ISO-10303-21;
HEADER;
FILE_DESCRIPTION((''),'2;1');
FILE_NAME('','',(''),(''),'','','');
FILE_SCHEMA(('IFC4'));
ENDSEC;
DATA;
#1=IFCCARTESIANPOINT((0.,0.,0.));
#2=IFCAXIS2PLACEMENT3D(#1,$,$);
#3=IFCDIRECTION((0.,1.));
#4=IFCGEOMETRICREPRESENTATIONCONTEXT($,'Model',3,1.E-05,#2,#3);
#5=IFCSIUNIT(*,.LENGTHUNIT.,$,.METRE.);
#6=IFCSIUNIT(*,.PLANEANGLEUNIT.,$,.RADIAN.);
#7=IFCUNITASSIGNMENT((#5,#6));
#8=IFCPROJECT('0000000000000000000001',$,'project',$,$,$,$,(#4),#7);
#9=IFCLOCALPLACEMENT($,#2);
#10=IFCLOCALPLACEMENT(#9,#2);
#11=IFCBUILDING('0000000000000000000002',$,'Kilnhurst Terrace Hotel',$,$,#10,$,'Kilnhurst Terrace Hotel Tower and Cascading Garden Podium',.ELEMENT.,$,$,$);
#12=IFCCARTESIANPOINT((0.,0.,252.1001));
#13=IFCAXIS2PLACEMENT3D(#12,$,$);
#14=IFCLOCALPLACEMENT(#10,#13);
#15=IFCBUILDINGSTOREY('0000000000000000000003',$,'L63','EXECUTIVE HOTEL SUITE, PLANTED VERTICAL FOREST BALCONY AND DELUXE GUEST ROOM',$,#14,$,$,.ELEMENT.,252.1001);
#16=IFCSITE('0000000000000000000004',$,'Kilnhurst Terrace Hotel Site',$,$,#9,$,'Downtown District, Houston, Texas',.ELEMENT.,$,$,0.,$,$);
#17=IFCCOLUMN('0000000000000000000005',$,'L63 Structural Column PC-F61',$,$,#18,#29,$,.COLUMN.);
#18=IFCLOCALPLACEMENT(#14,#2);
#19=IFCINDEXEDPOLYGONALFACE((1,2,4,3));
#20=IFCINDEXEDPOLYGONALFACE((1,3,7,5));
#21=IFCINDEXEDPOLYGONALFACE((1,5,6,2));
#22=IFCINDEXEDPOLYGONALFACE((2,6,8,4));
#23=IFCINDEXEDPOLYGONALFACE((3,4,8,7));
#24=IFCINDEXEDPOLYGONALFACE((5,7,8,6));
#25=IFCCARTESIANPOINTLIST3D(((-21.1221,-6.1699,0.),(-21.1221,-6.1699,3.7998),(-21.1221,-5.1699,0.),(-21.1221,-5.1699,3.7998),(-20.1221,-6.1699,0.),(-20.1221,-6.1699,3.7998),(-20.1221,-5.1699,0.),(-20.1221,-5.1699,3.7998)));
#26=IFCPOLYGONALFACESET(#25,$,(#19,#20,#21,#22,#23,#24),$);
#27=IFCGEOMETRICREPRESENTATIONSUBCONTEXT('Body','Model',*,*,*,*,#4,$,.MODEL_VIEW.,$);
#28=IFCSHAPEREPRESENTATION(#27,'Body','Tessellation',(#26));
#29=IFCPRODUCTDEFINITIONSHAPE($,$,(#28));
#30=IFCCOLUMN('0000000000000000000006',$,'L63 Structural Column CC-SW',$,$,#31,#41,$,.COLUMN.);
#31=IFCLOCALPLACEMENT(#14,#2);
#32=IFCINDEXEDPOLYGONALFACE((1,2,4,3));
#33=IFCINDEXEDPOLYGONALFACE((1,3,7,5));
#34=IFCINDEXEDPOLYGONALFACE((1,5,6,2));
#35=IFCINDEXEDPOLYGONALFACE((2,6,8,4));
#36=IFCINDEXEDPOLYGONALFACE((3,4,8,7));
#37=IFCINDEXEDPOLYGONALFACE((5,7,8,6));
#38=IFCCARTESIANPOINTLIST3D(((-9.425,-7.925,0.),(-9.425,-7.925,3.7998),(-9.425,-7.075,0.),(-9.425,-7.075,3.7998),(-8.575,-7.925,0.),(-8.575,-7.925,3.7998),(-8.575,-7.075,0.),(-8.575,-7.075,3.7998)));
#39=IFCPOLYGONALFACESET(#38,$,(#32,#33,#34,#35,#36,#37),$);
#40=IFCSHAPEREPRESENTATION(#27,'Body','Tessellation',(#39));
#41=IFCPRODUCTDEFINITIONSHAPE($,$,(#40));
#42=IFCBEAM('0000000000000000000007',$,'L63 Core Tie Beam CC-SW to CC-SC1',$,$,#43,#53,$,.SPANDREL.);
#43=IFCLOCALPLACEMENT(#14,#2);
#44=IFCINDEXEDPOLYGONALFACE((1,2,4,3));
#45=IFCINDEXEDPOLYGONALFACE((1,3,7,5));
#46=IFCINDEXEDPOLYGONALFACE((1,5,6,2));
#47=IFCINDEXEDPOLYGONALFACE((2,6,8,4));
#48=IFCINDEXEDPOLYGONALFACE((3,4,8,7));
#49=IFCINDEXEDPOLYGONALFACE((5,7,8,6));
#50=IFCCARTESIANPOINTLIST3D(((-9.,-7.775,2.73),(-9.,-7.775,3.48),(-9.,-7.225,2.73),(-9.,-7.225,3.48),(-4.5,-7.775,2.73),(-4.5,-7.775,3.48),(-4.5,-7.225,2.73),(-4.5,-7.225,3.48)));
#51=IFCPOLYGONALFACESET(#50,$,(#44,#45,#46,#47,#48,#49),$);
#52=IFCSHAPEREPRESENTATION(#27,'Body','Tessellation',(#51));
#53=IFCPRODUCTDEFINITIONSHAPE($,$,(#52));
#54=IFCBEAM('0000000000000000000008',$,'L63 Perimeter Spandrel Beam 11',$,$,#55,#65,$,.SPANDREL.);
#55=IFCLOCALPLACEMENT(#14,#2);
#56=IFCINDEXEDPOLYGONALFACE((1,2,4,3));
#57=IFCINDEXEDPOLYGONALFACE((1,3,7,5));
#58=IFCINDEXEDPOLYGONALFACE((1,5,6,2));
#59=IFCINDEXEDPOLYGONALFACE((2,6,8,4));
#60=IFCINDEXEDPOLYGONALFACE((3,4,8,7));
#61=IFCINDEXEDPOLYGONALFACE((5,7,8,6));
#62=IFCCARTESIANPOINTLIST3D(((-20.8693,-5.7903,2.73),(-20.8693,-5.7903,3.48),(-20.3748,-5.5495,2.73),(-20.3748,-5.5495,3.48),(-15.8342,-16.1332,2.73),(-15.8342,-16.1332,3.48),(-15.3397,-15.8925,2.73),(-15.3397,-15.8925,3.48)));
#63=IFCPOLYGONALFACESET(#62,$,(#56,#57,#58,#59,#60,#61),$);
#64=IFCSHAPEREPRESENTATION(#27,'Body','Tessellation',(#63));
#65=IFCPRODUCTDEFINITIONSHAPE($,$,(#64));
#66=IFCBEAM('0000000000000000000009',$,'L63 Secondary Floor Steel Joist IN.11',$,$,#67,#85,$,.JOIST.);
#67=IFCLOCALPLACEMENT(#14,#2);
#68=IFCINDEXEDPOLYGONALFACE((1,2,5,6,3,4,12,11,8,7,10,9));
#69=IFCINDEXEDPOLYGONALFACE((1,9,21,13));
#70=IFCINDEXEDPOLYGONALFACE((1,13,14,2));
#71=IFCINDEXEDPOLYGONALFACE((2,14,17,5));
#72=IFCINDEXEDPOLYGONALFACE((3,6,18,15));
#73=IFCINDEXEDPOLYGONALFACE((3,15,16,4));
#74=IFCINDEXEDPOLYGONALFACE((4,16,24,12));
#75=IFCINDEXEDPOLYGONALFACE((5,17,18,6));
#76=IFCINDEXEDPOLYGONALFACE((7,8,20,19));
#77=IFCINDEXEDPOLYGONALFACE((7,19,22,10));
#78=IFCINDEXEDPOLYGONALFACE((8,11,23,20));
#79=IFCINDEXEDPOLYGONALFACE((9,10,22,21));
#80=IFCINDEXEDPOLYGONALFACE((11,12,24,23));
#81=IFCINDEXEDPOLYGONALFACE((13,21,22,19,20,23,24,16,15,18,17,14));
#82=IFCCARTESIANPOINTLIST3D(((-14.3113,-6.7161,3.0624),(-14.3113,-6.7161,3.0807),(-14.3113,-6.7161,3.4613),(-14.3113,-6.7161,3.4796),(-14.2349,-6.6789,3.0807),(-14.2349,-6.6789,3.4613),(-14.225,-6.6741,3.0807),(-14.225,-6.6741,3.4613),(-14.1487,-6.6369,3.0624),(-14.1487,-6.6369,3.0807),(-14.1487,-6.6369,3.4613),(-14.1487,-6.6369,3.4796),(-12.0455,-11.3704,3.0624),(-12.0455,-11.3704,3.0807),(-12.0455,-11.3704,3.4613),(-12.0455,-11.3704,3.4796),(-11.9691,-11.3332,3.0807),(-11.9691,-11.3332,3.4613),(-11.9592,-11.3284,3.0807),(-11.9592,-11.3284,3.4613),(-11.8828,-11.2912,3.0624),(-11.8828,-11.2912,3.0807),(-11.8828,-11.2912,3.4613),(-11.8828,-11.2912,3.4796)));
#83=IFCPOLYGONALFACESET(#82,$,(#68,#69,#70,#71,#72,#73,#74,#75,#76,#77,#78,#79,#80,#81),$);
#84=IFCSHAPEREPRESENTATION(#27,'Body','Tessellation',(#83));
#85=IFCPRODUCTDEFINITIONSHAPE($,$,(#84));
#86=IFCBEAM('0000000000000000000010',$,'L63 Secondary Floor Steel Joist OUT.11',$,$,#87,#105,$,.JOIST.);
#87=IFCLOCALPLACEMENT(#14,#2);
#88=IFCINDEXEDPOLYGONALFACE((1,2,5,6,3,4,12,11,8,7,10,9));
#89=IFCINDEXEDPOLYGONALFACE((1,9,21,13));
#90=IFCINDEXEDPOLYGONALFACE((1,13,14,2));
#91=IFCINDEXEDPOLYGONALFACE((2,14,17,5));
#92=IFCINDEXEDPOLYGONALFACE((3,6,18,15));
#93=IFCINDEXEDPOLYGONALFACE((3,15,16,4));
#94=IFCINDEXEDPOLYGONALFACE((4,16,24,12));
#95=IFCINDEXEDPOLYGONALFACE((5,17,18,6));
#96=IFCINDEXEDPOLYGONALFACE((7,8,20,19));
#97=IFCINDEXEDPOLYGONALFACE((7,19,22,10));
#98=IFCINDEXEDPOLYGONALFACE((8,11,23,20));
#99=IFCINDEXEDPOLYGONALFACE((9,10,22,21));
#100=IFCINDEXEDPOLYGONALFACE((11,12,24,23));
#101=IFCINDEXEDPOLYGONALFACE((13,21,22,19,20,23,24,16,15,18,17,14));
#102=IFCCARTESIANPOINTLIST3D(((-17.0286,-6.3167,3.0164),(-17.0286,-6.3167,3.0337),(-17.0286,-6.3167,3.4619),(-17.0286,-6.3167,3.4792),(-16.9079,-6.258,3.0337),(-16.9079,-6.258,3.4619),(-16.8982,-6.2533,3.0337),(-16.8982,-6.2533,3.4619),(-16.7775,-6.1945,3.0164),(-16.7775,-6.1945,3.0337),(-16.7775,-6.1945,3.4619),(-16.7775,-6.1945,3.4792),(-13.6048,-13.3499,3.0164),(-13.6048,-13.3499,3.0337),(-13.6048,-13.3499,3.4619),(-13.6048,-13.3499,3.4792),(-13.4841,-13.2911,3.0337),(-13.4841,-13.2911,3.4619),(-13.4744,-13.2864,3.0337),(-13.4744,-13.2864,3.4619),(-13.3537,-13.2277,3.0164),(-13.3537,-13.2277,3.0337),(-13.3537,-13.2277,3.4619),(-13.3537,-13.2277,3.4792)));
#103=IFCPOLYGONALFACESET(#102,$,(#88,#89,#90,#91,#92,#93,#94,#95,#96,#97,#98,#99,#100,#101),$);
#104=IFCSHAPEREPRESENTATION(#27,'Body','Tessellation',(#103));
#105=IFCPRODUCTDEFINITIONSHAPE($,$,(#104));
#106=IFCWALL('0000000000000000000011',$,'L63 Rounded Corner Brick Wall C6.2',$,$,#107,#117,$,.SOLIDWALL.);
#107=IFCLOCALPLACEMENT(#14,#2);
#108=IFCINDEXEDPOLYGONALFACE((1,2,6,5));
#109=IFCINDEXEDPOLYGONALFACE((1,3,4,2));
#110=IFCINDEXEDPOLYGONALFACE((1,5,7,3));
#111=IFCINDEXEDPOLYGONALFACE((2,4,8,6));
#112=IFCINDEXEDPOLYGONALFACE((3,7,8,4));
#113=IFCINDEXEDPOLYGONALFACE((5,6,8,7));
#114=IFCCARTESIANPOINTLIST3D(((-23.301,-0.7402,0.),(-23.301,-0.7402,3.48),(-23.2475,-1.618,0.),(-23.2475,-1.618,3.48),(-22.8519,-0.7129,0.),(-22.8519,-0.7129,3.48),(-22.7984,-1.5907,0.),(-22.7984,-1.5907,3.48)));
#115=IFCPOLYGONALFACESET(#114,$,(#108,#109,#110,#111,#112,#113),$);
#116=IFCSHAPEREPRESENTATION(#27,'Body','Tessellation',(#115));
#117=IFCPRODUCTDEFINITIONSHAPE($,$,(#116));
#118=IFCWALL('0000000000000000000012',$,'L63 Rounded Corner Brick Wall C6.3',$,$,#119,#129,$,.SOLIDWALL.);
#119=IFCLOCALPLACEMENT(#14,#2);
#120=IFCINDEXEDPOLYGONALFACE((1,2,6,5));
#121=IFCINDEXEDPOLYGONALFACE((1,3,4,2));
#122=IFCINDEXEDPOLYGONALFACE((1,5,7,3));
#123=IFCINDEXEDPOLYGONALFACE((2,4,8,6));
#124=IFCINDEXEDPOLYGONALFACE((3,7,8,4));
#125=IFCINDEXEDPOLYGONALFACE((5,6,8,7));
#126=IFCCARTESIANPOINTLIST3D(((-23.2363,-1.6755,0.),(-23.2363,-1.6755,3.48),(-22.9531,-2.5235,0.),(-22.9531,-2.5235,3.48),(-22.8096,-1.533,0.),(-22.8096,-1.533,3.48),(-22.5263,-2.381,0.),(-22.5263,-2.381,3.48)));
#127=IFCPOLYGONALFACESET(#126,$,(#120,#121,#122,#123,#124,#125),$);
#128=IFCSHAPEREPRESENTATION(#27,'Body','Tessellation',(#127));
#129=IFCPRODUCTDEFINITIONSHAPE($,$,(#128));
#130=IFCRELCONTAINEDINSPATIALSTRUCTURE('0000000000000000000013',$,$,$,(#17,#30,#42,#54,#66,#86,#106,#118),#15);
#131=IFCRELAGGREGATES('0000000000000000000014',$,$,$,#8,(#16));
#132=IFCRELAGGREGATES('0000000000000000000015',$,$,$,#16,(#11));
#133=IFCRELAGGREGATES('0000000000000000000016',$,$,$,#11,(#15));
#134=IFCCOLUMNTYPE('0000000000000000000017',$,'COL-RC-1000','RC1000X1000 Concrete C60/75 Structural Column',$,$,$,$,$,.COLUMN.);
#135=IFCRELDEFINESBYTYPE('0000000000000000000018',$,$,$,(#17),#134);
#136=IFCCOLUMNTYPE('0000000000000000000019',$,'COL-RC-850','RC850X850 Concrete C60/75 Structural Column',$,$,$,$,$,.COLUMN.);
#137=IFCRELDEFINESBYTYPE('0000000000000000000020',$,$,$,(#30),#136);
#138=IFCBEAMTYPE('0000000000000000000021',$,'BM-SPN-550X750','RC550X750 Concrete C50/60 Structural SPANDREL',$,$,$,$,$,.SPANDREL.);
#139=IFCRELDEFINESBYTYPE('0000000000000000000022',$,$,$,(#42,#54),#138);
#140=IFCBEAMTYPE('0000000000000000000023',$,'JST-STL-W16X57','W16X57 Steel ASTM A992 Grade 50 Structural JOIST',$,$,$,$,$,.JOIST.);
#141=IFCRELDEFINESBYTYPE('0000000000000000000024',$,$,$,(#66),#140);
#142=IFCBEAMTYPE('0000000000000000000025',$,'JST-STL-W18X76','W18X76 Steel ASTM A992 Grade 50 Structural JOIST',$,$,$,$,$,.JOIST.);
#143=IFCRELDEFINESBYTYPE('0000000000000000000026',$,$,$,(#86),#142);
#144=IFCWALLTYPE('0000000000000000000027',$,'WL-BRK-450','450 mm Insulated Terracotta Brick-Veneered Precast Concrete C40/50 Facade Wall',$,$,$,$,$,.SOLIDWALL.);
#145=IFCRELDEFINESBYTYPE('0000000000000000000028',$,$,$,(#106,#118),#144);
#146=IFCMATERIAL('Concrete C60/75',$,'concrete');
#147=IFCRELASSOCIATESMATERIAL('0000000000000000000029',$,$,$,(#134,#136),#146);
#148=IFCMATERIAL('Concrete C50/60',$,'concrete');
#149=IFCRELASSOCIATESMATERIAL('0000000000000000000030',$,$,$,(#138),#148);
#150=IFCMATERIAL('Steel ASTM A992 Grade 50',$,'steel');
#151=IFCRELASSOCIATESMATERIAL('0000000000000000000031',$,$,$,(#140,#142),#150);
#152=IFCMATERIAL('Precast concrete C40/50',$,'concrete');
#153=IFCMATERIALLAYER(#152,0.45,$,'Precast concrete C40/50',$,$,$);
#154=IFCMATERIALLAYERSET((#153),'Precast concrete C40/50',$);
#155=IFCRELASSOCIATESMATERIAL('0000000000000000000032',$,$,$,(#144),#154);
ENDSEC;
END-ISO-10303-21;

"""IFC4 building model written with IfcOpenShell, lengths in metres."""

from ifc_helpers import new_model, si_unit, direction, frame, frame_2d, origin, origin_2d, place, context, subcontext, project, spatial, rectangle, i_section, extrude, material, layer, layer_set, material_profile, profile_set, type_object, element, save


model = new_model("IFC4")

# Units and contexts
model_context = context("Model", 3, precision=1e-05, world=origin(), true_north=direction((0.0, 1.0)))
body_context = subcontext(model_context, "Body", "Model", "MODEL_VIEW")
ifc_project = project(units=[si_unit("LENGTHUNIT", "METRE"), si_unit("PLANEANGLEUNIT", "RADIAN")], contexts=[model_context])

# Site, building, storey
site_placement = place(None, origin())
site = spatial("IfcSite", under=ifc_project, at=site_placement, Name="Kilnhurst Terrace Hotel Site", LongName="Downtown District, Houston, Texas", CompositionType="ELEMENT", RefElevation=0.0)
building_placement = place(site_placement, origin())
building = spatial("IfcBuilding", under=site, at=building_placement, Name="Kilnhurst Terrace Hotel", LongName="Kilnhurst Terrace Hotel Tower and Cascading Garden Podium", CompositionType="ELEMENT")
storey_placement = place(building_placement, frame((0.0, 0.0, 252.1001)))
storey = spatial("IfcBuildingStorey", under=building, at=storey_placement, Name="L63", Description="EXECUTIVE HOTEL SUITE, PLANTED VERTICAL FOREST BALCONY AND DELUXE GUEST ROOM", CompositionType="ELEMENT", Elevation=252.1001)

# Columns
ifc_material_1 = material(Name="Concrete C60/75", Category="concrete")
ifc_material_profile_1 = material_profile(ifc_material_1, rectangle(XDim=1.0, YDim=1.0, at=origin_2d()), Name="RC1000X1000")
ifc_profile_set_1 = profile_set([ifc_material_profile_1], Name="Concrete C60/75")
column_type_1 = type_object("IfcColumnType", Name="COL-RC-1000", Description="RC1000X1000 Concrete C60/75 Structural Column", PredefinedType="COLUMN", material=ifc_profile_set_1)
column_1_placement = place(storey_placement, frame((-20.6221, -5.6699, 0.0), z_axis=(0.0, 0.0, 1.0), x_axis=(1.0, 0.0, 0.0)))
element("IfcColumn", 1, at=column_1_placement, inside=storey, type_object=column_type_1, Name="L63 Structural Column PC-F61", PredefinedType="COLUMN", context=body_context, shape_type="SweptSolid", body=[
    extrude(rectangle(XDim=1.0, YDim=1.0, at=origin_2d()), origin(), (0.0, 0.0, 1.0), 3.7998),
])
ifc_material_profile_2 = material_profile(ifc_material_1, rectangle(XDim=0.8501, YDim=0.8501, at=origin_2d()), Name="RC850X850")
ifc_profile_set_2 = profile_set([ifc_material_profile_2], Name="Concrete C60/75")
column_type_2 = type_object("IfcColumnType", Name="COL-RC-850", Description="RC850X850 Concrete C60/75 Structural Column", PredefinedType="COLUMN", material=ifc_profile_set_2)
column_2_placement = place(storey_placement, frame((-9.0, -7.5, 0.0), z_axis=(0.0, 0.0, 1.0), x_axis=(1.0, 0.0, 0.0)))
element("IfcColumn", 2, at=column_2_placement, inside=storey, type_object=column_type_2, Name="L63 Structural Column CC-SW", PredefinedType="COLUMN", context=body_context, shape_type="SweptSolid", body=[
    extrude(rectangle(XDim=0.8501, YDim=0.8501, at=origin_2d()), origin(), (0.0, 0.0, 1.0), 3.7998),
])

# Beams
ifc_material_2 = material(Name="Concrete C50/60", Category="concrete")
ifc_material_profile_3 = material_profile(ifc_material_2, rectangle(XDim=0.55, YDim=0.75, at=origin_2d()), Name="RC550X750")
ifc_profile_set_3 = profile_set([ifc_material_profile_3], Name="Concrete C50/60")
beam_type_1 = type_object("IfcBeamType", Name="BM-SPN-550X750", Description="RC550X750 Concrete C50/60 Structural SPANDREL", PredefinedType="SPANDREL", material=ifc_profile_set_3)
beam_1_placement = place(storey_placement, frame((-9.0, -7.5, 3.105), z_axis=(1.0, 0.0, 0.0), x_axis=(0.0, 1.0, 0.0)))
element("IfcBeam", 3, at=beam_1_placement, inside=storey, type_object=beam_type_1, Name="L63 Core Tie Beam CC-SW to CC-SC1", PredefinedType="SPANDREL", context=body_context, shape_type="SweptSolid", body=[
    extrude(rectangle(XDim=0.55, YDim=0.75, at=origin_2d()), origin(), (0.0, 0.0, 1.0), 4.5),
])
beam_2_placement = place(storey_placement, frame((-20.6221, -5.6699, 3.105), z_axis=(0.437706, -0.899118, 0.0), x_axis=(0.899118, 0.437706, 0.0)))
element("IfcBeam", 4, at=beam_2_placement, inside=storey, type_object=beam_type_1, Name="L63 Perimeter Spandrel Beam 11", PredefinedType="SPANDREL", context=body_context, shape_type="SweptSolid", body=[
    extrude(rectangle(XDim=0.55, YDim=0.75, at=origin_2d()), origin(), (0.0, 0.0, 1.0), 11.5034),
])
ifc_material_3 = material(Name="Steel ASTM A992 Grade 50", Category="steel")
ifc_material_profile_4 = material_profile(ifc_material_3, i_section(OverallWidth=0.1809, OverallDepth=0.4172, WebThickness=0.011, FlangeThickness=0.0183, at=origin_2d()), Name="W16X57")
ifc_profile_set_4 = profile_set([ifc_material_profile_4], Name="Steel ASTM A992 Grade 50")
beam_type_2 = type_object("IfcBeamType", Name="JST-STL-W16X57", Description="W16X57 Steel ASTM A992 Grade 50 Structural JOIST", PredefinedType="JOIST", material=ifc_profile_set_4)
beam_3_placement = place(storey_placement, frame((-14.23, -6.6765, 3.271), z_axis=(0.437718, -0.899112, 0.0), x_axis=(0.899112, 0.437718, 0.0)))
element("IfcBeam", 5, at=beam_3_placement, inside=storey, type_object=beam_type_2, Name="L63 Secondary Floor Steel Joist IN.11", PredefinedType="JOIST", context=body_context, shape_type="SweptSolid", body=[
    extrude(i_section(OverallWidth=0.1809, OverallDepth=0.4172, WebThickness=0.011, FlangeThickness=0.0183, at=origin_2d()), origin(), (0.0, 0.0, 1.0), 5.1765),
])
ifc_material_profile_5 = material_profile(ifc_material_3, i_section(OverallWidth=0.2793, OverallDepth=0.4629, WebThickness=0.0107, FlangeThickness=0.0173, at=origin_2d()), Name="W18X76")
ifc_profile_set_5 = profile_set([ifc_material_profile_5], Name="Steel ASTM A992 Grade 50")
beam_type_3 = type_object("IfcBeamType", Name="JST-STL-W18X76", Description="W18X76 Steel ASTM A992 Grade 50 Structural JOIST", PredefinedType="JOIST", material=ifc_profile_set_5)
beam_4_placement = place(storey_placement, frame((-16.9031, -6.2556, 3.2478), z_axis=(0.4377, -0.899121, 0.0), x_axis=(0.899121, 0.4377, 0.0)))
element("IfcBeam", 6, at=beam_4_placement, inside=storey, type_object=beam_type_3, Name="L63 Secondary Floor Steel Joist OUT.11", PredefinedType="JOIST", context=body_context, shape_type="SweptSolid", body=[
    extrude(i_section(OverallWidth=0.2793, OverallDepth=0.4629, WebThickness=0.0107, FlangeThickness=0.0173, at=origin_2d()), origin(), (0.0, 0.0, 1.0), 7.8223),
])

# Walls
ifc_material_4 = material(Name="Precast concrete C40/50", Category="concrete")
ifc_layer_1 = layer(ifc_material_4, 0.45, Name="Precast concrete C40/50")
ifc_layer_set_1 = layer_set([ifc_layer_1], Name="Precast concrete C40/50")
wall_type_1 = type_object("IfcWallType", Name="WL-BRK-450", Description="450 mm Insulated Terracotta Brick-Veneered Precast Concrete C40/50 Facade Wall", PredefinedType="SOLIDWALL", material=ifc_layer_set_1)
wall_1_placement = place(storey_placement, frame((-23.0764, -0.7266, 0.0), z_axis=(0.0, 0.0, 1.0), x_axis=(0.060805, -0.99815, 0.0)))
element("IfcWall", 7, at=wall_1_placement, inside=storey, type_object=wall_type_1, Name="L63 Rounded Corner Brick Wall C6.2", PredefinedType="SOLIDWALL", context=body_context, shape_type="SweptSolid", body=[
    extrude(rectangle(XDim=0.8794, YDim=0.45, at=frame_2d((0.4397, 0.0))), origin(), (0.0, 0.0, 1.0), 3.48),
])
wall_2_placement = place(storey_placement, frame((-23.0229, -1.6042, 0.0), z_axis=(0.0, 0.0, 1.0), x_axis=(0.316801, -0.948492, 0.0)))
element("IfcWall", 8, at=wall_2_placement, inside=storey, type_object=wall_type_1, Name="L63 Rounded Corner Brick Wall C6.3", PredefinedType="SOLIDWALL", context=body_context, shape_type="SweptSolid", body=[
    extrude(rectangle(XDim=0.894, YDim=0.45, at=frame_2d((0.447, 0.0))), origin(), (0.0, 0.0, 1.0), 3.48),
])

save(model, "model.ifc")
